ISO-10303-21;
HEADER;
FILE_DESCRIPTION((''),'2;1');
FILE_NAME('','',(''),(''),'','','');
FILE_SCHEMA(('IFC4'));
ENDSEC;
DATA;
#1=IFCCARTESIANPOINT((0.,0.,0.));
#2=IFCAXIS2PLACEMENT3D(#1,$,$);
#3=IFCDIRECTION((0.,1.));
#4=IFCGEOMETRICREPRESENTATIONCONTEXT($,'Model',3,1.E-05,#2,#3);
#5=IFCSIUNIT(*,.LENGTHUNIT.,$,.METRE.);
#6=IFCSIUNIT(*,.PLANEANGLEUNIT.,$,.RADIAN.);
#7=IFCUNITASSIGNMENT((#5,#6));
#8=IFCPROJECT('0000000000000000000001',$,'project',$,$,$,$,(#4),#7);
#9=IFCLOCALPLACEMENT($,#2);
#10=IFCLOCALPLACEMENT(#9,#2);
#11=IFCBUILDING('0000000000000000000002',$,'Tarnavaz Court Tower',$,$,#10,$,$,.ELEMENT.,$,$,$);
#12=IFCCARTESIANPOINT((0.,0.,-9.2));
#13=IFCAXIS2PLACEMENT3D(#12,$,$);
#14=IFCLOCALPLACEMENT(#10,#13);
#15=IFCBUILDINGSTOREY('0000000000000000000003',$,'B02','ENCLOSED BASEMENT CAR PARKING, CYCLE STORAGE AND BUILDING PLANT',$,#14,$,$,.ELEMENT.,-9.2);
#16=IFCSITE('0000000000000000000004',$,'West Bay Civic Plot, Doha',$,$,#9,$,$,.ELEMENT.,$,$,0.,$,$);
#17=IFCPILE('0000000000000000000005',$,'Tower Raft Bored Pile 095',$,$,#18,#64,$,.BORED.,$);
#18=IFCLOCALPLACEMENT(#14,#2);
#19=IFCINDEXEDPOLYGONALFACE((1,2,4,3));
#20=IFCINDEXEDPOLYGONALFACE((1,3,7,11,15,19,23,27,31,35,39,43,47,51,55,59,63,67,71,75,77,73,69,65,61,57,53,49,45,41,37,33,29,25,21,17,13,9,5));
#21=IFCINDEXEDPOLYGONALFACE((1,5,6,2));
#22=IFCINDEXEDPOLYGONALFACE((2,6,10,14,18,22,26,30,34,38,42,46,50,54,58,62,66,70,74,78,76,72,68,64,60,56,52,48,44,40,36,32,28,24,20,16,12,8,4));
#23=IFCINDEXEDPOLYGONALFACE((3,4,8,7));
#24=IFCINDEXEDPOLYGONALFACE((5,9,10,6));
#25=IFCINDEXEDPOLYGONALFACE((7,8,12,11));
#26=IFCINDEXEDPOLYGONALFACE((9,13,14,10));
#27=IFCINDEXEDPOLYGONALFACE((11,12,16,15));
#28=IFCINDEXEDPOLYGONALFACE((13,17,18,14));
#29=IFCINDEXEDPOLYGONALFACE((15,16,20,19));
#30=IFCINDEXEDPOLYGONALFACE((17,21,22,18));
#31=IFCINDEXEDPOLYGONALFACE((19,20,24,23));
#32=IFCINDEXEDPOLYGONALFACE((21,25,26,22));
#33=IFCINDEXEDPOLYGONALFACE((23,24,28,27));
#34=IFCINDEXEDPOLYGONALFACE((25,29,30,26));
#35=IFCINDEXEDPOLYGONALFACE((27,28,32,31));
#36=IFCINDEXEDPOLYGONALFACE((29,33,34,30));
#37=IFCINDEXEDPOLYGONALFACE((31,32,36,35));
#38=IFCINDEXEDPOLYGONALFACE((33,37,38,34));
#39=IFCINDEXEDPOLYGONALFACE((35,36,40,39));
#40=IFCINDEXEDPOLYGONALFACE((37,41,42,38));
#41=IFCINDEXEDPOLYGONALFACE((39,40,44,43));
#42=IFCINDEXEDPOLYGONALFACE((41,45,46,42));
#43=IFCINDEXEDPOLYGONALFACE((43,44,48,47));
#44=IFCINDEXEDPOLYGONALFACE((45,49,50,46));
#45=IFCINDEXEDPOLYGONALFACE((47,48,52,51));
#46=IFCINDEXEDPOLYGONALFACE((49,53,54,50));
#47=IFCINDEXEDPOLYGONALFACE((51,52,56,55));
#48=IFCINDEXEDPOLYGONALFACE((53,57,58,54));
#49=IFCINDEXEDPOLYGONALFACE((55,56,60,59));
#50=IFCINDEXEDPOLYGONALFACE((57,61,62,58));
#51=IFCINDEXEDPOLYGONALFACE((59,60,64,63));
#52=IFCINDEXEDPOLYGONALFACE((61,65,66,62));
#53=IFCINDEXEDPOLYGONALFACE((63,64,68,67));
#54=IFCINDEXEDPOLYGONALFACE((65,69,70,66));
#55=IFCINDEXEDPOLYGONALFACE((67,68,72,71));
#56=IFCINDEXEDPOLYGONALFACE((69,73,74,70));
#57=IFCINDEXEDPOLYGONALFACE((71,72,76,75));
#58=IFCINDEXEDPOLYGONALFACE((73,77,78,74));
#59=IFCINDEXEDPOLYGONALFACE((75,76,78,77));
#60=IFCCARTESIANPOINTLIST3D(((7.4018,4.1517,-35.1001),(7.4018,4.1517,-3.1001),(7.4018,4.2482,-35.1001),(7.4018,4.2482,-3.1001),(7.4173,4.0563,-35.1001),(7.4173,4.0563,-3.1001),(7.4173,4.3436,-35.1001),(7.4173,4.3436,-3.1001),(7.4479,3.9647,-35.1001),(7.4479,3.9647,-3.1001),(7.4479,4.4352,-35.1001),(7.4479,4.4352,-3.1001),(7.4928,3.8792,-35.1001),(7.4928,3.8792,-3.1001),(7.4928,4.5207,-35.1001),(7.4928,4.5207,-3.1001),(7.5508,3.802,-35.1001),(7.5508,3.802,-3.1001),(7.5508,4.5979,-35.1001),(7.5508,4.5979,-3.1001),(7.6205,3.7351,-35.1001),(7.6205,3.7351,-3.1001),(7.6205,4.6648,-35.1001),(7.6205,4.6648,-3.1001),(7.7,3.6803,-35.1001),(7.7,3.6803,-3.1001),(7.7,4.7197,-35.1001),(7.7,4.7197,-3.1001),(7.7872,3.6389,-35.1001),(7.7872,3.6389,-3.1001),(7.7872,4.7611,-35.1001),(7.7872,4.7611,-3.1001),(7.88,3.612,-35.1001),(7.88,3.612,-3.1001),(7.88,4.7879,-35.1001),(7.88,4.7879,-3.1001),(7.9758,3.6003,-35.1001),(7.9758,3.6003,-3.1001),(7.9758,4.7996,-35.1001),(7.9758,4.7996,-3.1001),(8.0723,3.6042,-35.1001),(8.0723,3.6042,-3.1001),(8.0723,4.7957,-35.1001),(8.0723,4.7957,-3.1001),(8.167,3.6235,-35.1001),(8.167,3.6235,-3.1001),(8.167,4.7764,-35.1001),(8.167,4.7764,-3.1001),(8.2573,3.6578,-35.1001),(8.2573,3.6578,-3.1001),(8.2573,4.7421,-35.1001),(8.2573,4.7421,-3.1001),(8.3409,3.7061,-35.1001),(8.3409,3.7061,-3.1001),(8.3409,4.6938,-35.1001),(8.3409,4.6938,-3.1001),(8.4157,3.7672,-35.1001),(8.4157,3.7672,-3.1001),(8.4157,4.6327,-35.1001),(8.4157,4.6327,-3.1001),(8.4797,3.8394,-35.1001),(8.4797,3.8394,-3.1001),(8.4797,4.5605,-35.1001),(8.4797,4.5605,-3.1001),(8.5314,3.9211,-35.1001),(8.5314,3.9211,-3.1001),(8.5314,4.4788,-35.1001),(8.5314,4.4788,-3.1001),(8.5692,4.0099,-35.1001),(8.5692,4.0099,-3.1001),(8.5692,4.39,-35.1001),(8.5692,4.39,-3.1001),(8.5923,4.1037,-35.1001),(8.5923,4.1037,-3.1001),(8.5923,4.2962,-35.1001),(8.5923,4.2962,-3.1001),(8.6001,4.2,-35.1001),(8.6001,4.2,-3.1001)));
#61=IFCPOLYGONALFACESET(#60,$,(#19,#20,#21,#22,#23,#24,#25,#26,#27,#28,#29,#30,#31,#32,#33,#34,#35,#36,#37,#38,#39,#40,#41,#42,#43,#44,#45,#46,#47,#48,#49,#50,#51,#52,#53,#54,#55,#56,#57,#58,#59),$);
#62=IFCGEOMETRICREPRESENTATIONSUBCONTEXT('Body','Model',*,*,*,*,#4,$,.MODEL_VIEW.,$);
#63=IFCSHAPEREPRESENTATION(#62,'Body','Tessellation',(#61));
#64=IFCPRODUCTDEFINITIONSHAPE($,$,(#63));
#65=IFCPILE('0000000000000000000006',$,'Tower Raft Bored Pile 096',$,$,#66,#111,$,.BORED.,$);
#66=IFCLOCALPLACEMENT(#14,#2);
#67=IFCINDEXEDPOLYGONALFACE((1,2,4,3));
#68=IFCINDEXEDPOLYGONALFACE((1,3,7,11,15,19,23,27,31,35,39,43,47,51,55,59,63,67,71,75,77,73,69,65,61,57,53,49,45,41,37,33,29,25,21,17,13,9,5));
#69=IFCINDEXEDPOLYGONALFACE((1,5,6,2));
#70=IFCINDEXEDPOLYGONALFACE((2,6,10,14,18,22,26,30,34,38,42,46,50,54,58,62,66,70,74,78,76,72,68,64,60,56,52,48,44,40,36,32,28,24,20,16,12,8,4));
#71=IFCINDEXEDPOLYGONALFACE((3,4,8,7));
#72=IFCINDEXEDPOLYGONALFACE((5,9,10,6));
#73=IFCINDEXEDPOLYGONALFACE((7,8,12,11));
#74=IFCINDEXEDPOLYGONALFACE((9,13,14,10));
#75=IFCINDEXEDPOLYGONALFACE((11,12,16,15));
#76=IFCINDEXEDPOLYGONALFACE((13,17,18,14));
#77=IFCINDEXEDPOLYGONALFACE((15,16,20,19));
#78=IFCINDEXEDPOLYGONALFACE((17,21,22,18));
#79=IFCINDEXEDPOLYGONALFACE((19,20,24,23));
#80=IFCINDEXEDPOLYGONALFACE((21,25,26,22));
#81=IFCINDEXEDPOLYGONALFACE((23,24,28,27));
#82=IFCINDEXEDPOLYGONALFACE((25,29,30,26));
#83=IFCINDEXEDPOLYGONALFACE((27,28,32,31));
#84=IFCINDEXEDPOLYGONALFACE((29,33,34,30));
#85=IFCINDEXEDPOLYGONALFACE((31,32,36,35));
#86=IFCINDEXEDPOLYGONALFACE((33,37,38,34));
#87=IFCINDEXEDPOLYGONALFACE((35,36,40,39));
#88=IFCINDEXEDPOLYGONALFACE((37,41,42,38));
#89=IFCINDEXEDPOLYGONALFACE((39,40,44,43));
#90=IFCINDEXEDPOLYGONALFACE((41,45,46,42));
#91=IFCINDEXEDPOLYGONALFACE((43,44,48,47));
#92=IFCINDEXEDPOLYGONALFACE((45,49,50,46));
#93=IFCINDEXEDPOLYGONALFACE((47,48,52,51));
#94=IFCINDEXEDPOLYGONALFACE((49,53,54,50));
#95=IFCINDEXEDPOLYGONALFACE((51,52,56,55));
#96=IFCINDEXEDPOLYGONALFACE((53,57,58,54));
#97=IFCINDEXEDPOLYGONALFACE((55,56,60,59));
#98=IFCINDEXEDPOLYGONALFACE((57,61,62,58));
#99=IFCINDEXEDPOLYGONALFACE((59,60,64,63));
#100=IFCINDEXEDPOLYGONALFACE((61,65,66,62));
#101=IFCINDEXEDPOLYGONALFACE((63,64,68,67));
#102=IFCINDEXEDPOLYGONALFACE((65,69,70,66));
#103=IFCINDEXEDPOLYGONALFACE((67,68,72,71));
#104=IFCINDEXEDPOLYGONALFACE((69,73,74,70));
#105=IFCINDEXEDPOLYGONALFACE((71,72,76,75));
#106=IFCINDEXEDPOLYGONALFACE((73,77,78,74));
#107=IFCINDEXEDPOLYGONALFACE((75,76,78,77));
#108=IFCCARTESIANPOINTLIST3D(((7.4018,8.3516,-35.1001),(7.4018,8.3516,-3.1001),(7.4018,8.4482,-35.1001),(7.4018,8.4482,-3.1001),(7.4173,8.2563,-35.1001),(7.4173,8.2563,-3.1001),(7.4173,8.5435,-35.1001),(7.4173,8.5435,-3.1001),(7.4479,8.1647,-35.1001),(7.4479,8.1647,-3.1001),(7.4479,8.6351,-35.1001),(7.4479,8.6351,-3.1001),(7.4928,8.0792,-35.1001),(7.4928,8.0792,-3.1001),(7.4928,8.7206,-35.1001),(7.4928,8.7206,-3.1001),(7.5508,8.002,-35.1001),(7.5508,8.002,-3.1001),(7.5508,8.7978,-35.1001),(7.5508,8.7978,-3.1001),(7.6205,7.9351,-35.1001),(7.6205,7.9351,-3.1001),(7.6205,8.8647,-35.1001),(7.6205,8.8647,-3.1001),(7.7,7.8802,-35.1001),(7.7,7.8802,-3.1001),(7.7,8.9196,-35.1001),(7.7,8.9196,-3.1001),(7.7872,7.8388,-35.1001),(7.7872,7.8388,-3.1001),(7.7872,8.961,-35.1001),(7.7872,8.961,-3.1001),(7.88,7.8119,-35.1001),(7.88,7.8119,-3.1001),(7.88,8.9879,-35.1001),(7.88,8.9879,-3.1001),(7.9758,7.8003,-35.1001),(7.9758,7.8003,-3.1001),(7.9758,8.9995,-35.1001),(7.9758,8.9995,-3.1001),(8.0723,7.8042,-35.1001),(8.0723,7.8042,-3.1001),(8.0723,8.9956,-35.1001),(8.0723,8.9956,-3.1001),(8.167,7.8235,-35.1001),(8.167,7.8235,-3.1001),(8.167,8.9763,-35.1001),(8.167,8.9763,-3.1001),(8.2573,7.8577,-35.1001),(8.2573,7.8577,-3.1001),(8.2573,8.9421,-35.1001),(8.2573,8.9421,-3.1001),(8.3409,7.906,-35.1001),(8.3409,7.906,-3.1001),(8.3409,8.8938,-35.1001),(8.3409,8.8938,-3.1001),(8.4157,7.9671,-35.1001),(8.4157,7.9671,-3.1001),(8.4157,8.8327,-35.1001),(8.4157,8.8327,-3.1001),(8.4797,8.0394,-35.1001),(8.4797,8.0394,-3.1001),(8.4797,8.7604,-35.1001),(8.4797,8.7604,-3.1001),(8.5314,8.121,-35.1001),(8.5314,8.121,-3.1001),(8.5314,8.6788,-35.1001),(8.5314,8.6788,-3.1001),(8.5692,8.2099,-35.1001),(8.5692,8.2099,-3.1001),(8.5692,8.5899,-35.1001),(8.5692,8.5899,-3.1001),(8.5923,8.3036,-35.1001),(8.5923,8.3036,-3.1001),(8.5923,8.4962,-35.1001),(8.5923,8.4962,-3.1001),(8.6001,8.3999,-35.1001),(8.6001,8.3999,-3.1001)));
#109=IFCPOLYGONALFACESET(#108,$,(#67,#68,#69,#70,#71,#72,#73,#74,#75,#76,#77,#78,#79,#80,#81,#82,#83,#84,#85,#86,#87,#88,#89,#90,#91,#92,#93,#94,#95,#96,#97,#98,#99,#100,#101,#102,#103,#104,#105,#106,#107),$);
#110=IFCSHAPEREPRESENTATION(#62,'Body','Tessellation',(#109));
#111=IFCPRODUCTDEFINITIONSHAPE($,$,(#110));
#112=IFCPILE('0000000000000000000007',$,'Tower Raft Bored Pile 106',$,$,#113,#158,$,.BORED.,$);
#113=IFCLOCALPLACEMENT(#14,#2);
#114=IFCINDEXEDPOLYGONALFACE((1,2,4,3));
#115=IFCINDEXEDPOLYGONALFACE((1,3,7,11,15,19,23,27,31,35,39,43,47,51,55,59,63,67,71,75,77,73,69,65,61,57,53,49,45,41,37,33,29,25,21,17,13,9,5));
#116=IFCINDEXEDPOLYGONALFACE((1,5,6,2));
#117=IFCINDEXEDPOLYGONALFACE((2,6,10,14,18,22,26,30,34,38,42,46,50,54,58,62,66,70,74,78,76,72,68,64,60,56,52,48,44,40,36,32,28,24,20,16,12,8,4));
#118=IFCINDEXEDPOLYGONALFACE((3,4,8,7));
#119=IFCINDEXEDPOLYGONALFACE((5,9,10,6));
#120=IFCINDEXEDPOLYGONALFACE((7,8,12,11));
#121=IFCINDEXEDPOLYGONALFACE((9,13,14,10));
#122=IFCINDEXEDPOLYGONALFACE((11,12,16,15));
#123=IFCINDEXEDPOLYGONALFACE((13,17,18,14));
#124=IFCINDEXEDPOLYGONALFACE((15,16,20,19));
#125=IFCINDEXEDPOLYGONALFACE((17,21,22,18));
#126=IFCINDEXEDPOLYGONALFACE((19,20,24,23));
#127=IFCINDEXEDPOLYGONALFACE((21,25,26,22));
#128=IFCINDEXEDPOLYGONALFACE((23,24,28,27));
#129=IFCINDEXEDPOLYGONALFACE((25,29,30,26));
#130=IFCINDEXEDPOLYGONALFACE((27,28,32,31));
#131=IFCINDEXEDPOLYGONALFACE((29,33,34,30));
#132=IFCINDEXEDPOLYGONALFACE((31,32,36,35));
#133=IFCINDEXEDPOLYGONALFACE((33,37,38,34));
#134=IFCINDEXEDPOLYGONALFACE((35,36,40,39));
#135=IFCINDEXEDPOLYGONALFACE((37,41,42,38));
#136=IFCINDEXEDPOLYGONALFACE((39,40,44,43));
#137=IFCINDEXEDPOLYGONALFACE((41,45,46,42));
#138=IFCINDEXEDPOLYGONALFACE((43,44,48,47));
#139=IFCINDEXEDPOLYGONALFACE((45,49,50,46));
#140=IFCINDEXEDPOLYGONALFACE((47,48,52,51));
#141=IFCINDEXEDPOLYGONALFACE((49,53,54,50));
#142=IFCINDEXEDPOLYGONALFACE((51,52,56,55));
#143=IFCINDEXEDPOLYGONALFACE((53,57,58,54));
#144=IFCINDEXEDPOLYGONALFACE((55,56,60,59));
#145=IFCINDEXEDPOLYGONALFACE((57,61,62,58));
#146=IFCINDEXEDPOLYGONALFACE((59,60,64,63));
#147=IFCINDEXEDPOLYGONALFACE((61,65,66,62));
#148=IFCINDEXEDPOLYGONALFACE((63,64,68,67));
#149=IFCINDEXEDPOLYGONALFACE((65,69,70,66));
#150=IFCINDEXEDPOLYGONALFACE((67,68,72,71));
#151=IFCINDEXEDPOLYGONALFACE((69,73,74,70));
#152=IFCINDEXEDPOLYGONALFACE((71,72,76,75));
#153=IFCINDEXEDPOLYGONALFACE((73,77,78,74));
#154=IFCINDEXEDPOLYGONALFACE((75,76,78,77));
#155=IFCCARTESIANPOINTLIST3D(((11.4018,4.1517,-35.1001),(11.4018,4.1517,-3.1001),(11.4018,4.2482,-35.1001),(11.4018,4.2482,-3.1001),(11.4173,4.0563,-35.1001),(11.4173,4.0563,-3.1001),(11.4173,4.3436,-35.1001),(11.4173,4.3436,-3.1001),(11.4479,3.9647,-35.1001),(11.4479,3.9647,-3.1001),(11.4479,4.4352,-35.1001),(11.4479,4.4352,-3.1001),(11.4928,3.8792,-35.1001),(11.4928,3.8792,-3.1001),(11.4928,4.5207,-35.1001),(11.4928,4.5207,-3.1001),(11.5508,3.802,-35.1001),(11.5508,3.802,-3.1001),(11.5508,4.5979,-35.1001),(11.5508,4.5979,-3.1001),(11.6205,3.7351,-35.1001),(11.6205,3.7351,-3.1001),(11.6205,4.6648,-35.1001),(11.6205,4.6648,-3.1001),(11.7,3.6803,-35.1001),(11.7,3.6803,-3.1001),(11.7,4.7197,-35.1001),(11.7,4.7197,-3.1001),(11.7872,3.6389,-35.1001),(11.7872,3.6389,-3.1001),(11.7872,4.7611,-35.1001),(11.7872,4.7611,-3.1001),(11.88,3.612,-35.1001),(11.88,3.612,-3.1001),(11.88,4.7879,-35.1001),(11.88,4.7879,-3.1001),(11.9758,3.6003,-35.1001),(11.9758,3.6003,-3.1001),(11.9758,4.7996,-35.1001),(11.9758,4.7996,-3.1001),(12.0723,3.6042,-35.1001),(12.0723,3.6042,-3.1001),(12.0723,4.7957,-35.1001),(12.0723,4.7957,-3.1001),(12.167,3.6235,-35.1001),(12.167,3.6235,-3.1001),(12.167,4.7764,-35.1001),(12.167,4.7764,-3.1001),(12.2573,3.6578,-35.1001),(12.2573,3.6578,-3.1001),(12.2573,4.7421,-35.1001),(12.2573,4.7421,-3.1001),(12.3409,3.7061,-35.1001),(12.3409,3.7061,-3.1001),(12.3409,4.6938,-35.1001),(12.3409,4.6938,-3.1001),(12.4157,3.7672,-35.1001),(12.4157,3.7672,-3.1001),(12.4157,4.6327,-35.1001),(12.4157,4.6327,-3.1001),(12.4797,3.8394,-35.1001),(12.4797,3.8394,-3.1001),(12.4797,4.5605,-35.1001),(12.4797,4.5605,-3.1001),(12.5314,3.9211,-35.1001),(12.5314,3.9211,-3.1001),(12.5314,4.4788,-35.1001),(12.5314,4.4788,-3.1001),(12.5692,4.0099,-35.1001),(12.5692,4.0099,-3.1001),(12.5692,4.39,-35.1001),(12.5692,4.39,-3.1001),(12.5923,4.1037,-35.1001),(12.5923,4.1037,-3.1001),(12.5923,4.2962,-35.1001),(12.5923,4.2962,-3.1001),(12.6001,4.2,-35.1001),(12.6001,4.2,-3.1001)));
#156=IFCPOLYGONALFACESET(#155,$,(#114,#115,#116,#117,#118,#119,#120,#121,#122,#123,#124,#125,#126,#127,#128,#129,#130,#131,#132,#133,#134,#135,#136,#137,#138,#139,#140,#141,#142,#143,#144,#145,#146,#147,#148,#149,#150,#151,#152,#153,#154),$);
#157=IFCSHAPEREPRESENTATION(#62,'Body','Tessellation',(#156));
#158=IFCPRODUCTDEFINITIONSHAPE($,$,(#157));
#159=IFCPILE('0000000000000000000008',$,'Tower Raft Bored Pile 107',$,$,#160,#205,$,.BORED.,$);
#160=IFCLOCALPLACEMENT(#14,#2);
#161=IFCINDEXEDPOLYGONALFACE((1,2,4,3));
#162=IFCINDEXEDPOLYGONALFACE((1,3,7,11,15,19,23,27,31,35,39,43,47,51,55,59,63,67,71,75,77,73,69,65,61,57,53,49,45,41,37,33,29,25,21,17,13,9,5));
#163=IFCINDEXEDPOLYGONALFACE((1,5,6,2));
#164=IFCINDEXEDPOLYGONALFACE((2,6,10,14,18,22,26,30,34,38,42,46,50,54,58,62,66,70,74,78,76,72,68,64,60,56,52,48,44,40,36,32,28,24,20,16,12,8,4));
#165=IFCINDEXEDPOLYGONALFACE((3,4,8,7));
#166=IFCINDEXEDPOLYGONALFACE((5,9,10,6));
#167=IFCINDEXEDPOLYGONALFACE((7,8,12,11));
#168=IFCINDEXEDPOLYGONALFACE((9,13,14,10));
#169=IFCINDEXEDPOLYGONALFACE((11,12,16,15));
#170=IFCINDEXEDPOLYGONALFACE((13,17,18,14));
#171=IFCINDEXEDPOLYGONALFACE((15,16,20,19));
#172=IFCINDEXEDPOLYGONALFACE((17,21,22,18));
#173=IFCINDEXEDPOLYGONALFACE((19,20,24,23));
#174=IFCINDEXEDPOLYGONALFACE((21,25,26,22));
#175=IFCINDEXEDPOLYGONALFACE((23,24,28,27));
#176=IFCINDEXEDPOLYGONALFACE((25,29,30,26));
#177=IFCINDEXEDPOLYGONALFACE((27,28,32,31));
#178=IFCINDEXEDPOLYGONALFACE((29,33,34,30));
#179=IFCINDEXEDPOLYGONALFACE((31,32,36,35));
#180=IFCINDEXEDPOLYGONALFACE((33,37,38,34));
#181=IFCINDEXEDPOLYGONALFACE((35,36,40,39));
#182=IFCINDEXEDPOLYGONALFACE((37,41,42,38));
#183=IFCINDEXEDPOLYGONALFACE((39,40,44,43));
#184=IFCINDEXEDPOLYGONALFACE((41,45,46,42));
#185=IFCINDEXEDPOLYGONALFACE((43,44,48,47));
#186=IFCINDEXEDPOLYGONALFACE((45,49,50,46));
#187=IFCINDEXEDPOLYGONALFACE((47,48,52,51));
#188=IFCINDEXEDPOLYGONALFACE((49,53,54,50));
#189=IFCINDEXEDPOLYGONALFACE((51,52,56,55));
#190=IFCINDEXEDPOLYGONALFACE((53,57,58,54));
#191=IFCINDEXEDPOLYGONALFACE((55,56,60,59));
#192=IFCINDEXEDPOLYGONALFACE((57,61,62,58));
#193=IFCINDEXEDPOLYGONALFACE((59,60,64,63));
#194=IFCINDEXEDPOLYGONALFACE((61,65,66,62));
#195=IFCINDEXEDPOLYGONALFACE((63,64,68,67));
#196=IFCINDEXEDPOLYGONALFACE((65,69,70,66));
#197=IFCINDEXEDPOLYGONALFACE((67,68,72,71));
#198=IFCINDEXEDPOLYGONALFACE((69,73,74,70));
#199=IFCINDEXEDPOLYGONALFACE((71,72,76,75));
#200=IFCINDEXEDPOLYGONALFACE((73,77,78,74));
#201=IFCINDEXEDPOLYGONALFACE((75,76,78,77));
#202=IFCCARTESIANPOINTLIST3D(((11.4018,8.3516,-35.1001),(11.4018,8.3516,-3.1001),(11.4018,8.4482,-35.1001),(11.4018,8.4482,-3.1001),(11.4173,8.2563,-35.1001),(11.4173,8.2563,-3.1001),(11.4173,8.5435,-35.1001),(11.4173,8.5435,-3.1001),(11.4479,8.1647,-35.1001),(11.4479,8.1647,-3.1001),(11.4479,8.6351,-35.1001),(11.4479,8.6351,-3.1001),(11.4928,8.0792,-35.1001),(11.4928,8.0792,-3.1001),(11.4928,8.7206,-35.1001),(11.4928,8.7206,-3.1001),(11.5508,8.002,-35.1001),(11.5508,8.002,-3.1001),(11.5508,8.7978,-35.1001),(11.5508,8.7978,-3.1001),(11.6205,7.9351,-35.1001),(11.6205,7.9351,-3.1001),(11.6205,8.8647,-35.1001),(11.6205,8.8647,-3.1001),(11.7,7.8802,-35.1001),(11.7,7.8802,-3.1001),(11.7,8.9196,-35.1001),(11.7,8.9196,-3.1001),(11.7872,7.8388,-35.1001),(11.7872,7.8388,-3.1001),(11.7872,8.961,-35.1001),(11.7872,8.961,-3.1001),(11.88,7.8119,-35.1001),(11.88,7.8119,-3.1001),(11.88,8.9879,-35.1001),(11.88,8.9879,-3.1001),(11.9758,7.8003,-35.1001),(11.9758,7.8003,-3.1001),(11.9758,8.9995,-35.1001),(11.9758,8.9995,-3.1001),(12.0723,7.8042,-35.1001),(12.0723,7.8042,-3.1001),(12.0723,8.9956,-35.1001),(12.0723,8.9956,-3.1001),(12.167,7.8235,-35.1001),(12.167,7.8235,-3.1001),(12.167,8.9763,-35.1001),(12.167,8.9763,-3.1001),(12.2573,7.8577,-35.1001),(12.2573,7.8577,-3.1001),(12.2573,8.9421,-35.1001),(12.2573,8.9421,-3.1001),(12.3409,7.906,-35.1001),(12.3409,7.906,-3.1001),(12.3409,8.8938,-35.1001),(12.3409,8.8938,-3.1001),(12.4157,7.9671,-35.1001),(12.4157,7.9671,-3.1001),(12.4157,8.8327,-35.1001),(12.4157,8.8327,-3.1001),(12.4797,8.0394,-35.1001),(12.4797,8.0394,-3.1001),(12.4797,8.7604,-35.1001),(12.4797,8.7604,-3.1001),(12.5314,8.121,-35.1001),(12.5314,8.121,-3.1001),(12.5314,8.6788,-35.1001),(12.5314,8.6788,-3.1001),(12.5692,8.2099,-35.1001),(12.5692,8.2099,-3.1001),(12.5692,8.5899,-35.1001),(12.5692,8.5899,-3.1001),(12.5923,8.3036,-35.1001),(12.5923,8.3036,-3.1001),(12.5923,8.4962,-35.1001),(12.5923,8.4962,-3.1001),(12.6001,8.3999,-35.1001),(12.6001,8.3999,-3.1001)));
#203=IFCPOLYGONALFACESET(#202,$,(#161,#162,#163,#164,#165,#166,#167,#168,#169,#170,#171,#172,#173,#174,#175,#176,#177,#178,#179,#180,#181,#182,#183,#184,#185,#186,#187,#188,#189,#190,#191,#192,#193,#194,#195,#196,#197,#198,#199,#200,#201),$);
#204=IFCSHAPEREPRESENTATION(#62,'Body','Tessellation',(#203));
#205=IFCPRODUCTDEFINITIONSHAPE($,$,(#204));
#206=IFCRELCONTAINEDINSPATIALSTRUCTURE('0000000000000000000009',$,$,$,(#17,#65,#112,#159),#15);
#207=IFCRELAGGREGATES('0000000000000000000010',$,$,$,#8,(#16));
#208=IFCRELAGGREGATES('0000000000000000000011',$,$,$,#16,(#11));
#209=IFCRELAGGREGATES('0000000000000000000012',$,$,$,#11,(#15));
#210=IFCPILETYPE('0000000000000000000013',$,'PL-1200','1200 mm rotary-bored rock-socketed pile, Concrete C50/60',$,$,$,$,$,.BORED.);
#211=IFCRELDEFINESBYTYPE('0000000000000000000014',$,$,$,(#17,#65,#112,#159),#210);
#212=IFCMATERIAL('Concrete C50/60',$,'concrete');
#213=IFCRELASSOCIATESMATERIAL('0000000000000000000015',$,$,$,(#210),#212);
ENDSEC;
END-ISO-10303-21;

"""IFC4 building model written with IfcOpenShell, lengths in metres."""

from ifc_helpers import new_model, si_unit, direction, frame, origin, origin_2d, place, context, subcontext, project, spatial, circle, extrude, material, material_profile, profile_set, type_object, element, save


model = new_model("IFC4")

# Units and contexts
model_context = context("Model", 3, precision=1e-05, world=origin(), true_north=direction((0.0, 1.0)))
body_context = subcontext(model_context, "Body", "Model", "MODEL_VIEW")
ifc_project = project(units=[si_unit("LENGTHUNIT", "METRE"), si_unit("PLANEANGLEUNIT", "RADIAN")], contexts=[model_context])

# Site, building, storey
site_placement = place(None, origin())
site = spatial("IfcSite", under=ifc_project, at=site_placement, Name="West Bay Civic Plot, Doha", CompositionType="ELEMENT", RefElevation=0.0)
building_placement = place(site_placement, origin())
building = spatial("IfcBuilding", under=site, at=building_placement, Name="Tarnavaz Court Tower", CompositionType="ELEMENT")
storey_placement = place(building_placement, frame((0.0, 0.0, -9.2)))
storey = spatial("IfcBuildingStorey", under=building, at=storey_placement, Name="B02", Description="ENCLOSED BASEMENT CAR PARKING, CYCLE STORAGE AND BUILDING PLANT", CompositionType="ELEMENT", Elevation=-9.2)

# Piles
ifc_material_1 = material(Name="Concrete C50/60", Category="concrete")
ifc_material_profile_1 = material_profile(ifc_material_1, circle(Radius=0.6001, at=origin_2d()), Name="PILE D1200")
ifc_profile_set_1 = profile_set([ifc_material_profile_1], Name="Concrete C50/60")
pile_type = type_object("IfcPileType", Name="PL-1200", Description="1200 mm rotary-bored rock-socketed pile, Concrete C50/60", PredefinedType="BORED", material=ifc_profile_set_1)
for number, where, z_axis, x_axis, name in (
    (1, (8.0, 4.2, -3.1001), (0.0, 0.0, -1.0), (1.0, 0.0, 0.0), "Tower Raft Bored Pile 095"),
    (2, (8.0, 8.3999, -3.1001), (0.0, 0.0, -1.0), (1.0, 0.0, 0.0), "Tower Raft Bored Pile 096"),
    (3, (12.0, 4.2, -3.1001), (0.0, 0.0, -1.0), (1.0, 0.0, 0.0), "Tower Raft Bored Pile 106"),
    (4, (12.0, 8.3999, -3.1001), (0.0, 0.0, -1.0), (1.0, 0.0, 0.0), "Tower Raft Bored Pile 107"),
):
    element("IfcPile", number, at=place(storey_placement, frame(where, z_axis=z_axis, x_axis=x_axis)), inside=storey, type_object=pile_type, Name=name, PredefinedType="BORED", context=body_context, shape_type="SweptSolid", body=[
        extrude(circle(Radius=0.6001, at=origin_2d()), origin(), (0.0, 0.0, 1.0), 32.0),
    ])

save(model, "model.ifc")
